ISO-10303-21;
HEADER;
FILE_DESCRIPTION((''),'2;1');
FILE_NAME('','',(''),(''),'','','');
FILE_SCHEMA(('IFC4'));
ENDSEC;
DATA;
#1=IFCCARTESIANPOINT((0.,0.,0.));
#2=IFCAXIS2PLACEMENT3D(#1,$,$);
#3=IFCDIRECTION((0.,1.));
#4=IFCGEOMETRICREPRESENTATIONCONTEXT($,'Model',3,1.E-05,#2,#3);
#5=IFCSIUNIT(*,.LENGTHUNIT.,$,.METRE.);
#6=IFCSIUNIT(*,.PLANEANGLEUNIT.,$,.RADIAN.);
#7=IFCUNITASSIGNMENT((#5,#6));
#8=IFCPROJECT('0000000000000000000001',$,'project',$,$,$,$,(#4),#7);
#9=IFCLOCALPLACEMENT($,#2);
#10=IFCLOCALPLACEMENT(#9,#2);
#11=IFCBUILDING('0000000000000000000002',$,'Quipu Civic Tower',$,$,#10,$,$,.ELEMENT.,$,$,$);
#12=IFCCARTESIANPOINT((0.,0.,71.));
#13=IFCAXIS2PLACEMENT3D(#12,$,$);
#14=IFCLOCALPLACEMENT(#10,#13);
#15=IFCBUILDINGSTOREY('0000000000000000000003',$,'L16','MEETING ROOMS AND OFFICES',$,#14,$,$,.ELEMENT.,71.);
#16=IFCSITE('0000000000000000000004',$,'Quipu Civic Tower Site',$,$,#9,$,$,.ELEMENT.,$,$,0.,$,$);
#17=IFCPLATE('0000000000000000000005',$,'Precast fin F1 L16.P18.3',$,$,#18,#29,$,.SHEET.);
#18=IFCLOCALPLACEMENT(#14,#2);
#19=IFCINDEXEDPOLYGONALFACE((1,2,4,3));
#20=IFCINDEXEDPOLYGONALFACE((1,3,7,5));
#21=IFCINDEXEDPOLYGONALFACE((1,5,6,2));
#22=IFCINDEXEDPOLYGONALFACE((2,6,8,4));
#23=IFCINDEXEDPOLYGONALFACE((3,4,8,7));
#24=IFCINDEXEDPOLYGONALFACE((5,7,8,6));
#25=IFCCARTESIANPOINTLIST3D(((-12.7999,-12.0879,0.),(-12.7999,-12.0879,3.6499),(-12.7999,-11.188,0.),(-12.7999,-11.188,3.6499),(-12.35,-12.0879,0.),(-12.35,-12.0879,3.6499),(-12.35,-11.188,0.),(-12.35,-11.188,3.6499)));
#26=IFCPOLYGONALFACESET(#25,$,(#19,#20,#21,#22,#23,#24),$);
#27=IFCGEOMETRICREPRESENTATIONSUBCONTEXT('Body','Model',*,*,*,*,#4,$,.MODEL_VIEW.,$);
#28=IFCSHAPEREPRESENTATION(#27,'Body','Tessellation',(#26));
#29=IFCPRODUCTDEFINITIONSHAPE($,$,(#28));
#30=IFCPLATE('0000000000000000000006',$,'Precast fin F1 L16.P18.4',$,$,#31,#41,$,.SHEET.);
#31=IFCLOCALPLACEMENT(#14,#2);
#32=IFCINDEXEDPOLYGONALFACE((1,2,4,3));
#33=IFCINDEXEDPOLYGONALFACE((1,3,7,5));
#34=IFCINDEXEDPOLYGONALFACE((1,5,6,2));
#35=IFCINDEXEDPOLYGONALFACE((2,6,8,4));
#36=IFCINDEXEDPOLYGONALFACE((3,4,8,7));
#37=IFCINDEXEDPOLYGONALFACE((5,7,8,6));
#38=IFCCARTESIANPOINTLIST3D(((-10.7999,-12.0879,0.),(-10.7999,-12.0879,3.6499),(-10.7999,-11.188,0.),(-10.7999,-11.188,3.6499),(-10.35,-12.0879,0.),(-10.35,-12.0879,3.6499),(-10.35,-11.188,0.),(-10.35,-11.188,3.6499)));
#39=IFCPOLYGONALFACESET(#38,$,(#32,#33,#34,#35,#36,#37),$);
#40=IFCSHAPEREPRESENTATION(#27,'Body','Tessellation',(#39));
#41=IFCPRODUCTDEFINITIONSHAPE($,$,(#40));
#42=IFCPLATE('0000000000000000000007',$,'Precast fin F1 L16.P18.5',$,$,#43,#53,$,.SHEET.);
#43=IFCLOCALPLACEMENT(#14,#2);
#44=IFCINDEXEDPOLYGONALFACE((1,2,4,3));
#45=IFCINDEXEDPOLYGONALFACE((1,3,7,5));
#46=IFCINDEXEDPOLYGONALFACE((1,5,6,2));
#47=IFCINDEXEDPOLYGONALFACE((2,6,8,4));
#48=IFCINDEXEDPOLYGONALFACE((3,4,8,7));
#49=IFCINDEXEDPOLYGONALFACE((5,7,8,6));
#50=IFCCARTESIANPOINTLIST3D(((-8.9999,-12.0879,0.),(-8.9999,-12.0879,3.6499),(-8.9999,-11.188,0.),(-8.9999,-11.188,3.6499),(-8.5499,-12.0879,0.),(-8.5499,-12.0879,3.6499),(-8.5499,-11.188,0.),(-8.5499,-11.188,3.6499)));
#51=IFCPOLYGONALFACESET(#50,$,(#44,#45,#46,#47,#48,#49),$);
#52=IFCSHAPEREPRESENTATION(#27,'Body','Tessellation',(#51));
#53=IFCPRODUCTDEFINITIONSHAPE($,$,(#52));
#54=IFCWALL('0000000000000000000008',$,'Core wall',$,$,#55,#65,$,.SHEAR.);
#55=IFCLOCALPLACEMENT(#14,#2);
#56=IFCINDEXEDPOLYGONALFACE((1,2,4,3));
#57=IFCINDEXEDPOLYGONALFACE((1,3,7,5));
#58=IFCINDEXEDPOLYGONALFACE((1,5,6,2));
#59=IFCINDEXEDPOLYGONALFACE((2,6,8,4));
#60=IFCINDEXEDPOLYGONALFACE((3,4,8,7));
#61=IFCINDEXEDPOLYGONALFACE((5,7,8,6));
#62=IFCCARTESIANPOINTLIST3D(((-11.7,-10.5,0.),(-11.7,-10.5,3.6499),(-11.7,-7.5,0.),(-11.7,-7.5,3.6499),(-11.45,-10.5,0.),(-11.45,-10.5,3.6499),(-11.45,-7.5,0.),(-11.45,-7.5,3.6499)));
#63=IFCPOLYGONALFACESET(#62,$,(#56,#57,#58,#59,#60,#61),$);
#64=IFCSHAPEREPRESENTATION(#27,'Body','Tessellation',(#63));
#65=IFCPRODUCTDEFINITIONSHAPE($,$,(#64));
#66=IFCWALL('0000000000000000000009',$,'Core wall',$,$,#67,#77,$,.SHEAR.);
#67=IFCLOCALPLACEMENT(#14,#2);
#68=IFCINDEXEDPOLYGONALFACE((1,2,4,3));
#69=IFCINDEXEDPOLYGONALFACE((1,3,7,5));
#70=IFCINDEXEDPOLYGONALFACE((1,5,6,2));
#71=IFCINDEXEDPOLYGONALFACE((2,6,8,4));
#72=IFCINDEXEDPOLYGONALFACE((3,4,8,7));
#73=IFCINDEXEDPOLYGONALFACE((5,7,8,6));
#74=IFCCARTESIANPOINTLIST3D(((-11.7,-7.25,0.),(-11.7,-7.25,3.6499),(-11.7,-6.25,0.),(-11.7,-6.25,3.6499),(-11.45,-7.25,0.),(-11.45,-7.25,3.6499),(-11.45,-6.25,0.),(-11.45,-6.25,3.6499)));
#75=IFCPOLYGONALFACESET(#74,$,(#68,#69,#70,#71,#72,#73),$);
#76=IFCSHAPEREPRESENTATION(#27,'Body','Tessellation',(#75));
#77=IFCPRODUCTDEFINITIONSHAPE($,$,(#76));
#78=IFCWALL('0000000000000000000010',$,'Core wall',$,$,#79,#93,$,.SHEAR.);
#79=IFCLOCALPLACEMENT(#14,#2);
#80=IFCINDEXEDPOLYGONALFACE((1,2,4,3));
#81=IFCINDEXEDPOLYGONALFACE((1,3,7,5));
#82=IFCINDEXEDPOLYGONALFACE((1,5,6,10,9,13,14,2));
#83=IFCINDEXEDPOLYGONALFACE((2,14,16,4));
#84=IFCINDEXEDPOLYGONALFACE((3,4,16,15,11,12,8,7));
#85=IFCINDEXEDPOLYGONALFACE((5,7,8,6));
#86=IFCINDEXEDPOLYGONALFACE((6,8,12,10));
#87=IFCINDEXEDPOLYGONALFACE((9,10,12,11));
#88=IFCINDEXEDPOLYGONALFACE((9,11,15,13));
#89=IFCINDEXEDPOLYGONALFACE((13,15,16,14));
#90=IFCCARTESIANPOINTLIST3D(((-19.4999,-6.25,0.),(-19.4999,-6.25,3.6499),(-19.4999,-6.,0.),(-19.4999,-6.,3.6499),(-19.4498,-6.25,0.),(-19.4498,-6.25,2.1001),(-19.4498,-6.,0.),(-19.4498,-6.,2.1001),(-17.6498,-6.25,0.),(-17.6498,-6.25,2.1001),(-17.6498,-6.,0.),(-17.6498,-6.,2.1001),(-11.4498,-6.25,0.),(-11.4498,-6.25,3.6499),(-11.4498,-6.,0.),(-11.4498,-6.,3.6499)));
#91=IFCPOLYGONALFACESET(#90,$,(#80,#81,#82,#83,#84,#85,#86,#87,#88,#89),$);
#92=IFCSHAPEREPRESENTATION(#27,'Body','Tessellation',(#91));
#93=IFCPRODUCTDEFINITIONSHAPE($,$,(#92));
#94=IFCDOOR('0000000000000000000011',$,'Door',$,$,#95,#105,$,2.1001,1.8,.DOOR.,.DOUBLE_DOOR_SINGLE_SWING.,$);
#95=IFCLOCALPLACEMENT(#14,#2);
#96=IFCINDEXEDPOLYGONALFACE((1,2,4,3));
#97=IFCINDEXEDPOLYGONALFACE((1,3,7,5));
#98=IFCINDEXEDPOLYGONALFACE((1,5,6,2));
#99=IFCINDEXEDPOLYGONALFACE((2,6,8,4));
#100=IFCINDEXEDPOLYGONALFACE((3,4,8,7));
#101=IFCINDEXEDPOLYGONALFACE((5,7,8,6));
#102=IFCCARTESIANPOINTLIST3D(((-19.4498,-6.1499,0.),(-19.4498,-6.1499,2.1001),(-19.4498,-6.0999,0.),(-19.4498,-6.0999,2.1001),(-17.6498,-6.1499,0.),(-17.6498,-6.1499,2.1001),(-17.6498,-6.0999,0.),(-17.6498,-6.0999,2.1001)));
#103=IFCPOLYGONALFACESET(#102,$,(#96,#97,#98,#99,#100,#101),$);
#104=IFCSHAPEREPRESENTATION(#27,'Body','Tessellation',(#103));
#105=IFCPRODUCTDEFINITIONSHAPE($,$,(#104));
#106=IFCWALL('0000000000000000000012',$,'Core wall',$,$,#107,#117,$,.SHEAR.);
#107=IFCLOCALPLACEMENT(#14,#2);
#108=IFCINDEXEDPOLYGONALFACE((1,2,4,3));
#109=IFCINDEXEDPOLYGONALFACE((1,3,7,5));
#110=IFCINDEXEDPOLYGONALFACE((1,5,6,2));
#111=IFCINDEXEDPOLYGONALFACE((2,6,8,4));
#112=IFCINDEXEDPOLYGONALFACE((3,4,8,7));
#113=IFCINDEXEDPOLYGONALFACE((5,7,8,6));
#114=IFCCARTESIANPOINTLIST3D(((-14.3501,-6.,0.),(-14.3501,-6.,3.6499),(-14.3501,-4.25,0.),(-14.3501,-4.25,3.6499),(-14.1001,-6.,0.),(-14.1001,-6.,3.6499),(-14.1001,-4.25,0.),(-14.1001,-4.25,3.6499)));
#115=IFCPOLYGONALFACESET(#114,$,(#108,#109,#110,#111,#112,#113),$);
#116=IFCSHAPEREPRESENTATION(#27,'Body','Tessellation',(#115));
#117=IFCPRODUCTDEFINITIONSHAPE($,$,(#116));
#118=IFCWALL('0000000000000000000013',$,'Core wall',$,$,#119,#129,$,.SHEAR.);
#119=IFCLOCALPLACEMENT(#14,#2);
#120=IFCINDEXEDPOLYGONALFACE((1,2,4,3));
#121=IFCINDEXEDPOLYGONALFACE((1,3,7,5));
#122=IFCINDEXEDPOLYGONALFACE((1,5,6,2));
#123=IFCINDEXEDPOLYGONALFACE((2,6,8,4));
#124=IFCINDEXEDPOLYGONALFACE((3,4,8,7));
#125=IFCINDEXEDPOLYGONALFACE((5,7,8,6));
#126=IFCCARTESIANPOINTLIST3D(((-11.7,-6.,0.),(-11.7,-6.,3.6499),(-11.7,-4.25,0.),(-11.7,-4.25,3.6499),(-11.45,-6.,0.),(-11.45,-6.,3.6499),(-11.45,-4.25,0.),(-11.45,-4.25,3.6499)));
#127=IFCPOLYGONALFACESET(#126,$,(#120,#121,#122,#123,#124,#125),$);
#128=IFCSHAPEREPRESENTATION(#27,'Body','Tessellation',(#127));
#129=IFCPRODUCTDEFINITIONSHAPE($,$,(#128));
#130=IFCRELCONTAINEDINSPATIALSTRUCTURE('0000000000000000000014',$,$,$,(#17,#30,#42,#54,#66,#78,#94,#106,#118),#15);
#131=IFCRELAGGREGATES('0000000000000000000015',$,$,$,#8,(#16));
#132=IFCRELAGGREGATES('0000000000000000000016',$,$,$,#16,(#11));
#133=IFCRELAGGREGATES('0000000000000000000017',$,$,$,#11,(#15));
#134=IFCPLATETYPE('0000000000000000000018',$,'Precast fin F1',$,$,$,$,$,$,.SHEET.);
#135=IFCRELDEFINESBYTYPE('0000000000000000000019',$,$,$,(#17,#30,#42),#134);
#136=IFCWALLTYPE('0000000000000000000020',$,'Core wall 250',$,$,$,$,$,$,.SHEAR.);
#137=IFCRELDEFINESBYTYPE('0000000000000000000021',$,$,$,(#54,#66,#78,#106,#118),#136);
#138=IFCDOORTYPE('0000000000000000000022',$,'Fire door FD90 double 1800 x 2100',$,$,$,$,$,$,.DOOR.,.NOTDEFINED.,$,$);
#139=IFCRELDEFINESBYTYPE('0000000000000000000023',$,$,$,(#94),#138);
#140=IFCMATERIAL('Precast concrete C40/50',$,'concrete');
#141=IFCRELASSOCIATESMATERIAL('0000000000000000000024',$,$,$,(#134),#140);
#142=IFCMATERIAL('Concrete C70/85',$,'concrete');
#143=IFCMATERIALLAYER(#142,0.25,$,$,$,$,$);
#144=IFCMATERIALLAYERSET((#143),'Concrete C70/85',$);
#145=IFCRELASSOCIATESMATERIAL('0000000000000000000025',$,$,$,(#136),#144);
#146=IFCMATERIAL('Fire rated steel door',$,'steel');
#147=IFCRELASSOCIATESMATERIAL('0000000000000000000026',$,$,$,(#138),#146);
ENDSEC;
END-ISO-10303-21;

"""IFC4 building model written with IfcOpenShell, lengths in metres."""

from ifc_helpers import new_model, si_unit, direction, frame, frame_2d, origin, origin_2d, place, context, subcontext, project, spatial, rectangle, extrude, material, layer, layer_set, type_object, element, fill, save


model = new_model("IFC4")

# Units and contexts
model_context = context("Model", 3, precision=1e-05, world=origin(), true_north=direction((0.0, 1.0)))
body_context = subcontext(model_context, "Body", "Model", "MODEL_VIEW")
ifc_project = project(units=[si_unit("LENGTHUNIT", "METRE"), si_unit("PLANEANGLEUNIT", "RADIAN")], contexts=[model_context])

# Site, building, storey
site_placement = place(None, origin())
site = spatial("IfcSite", under=ifc_project, at=site_placement, Name="Quipu Civic Tower Site", CompositionType="ELEMENT", RefElevation=0.0)
building_placement = place(site_placement, origin())
building = spatial("IfcBuilding", under=site, at=building_placement, Name="Quipu Civic Tower", CompositionType="ELEMENT")
storey_placement = place(building_placement, frame((0.0, 0.0, 71.0)))
storey = spatial("IfcBuildingStorey", under=building, at=storey_placement, Name="L16", Description="MEETING ROOMS AND OFFICES", CompositionType="ELEMENT", Elevation=71.0)

# Plates
ifc_material_1 = material(Name="Precast concrete C40/50", Category="concrete")
plate_type = type_object("IfcPlateType", Name="Precast fin F1", PredefinedType="SHEET", material=ifc_material_1)
for number, where, z_axis, x_axis, name in (
    (1, (-12.575, -11.6379, 0.0), (0.0, 0.0, 1.0), (1.0, 0.0, 0.0), "Precast fin F1 L16.P18.3"),
    (2, (-10.575, -11.6379, 0.0), (0.0, 0.0, 1.0), (1.0, 0.0, 0.0), "Precast fin F1 L16.P18.4"),
    (3, (-8.7749, -11.6379, 0.0), (0.0, 0.0, 1.0), (1.0, 0.0, 0.0), "Precast fin F1 L16.P18.5"),
):
    element("IfcPlate", number, at=place(storey_placement, frame(where, z_axis=z_axis, x_axis=x_axis)), inside=storey, type_object=plate_type, Name=name, PredefinedType="SHEET", context=body_context, shape_type="SweptSolid", body=[
        extrude(rectangle(XDim=0.45, YDim=0.8999, at=origin_2d()), origin(), (0.0, 0.0, 1.0), 3.6499),
    ])

# Walls
ifc_material_2 = material(Name="Concrete C70/85", Category="concrete")
ifc_layer_1 = layer(ifc_material_2, 0.25)
ifc_layer_set_1 = layer_set([ifc_layer_1], Name="Concrete C70/85")
wall_type_1 = type_object("IfcWallType", Name="Core wall 250", PredefinedType="SHEAR", material=ifc_layer_set_1)
wall_1_placement = place(storey_placement, frame((-11.575, -10.5, 0.0), z_axis=(0.0, 0.0, 1.0), x_axis=(0.0, 1.0, 0.0)))
element("IfcWall", 4, at=wall_1_placement, inside=storey, type_object=wall_type_1, Name="Core wall", PredefinedType="SHEAR", context=body_context, shape_type="SweptSolid", body=[
    extrude(rectangle(XDim=3.0, YDim=0.25, at=frame_2d((1.5, 0.0))), origin(), (0.0, 0.0, 1.0), 3.6499),
])
wall_2_placement = place(storey_placement, frame((-11.575, -7.25, 0.0), z_axis=(0.0, 0.0, 1.0), x_axis=(0.0, 1.0, 0.0)))
element("IfcWall", 5, at=wall_2_placement, inside=storey, type_object=wall_type_1, Name="Core wall", PredefinedType="SHEAR", context=body_context, shape_type="SweptSolid", body=[
    extrude(rectangle(XDim=1.0, YDim=0.25, at=frame_2d((0.5, 0.0))), origin(), (0.0, 0.0, 1.0), 3.6499),
])

# Wall, opening, door
wall_3_placement = place(storey_placement, frame((-11.45, -6.125, 0.0), z_axis=(0.0, 0.0, 1.0), x_axis=(-1.0, 0.0, 0.0)))
wall_3 = element("IfcWall", 6, at=wall_3_placement, inside=storey, type_object=wall_type_1, Name="Core wall", PredefinedType="SHEAR", context=body_context, shape_type="SweptSolid", body=[
    extrude(rectangle(XDim=8.05, YDim=0.25, at=frame_2d((4.0249, 0.0))), origin(), (0.0, 0.0, 1.0), 3.6499),
])
opening_1_placement = place(wall_3_placement, frame((6.2, 0.0, 0.0)))
opening_1 = element("IfcOpeningElement", 7, at=opening_1_placement, cuts=wall_3, PredefinedType="OPENING", context=body_context, shape_type="SweptSolid", body=[
    extrude(rectangle(XDim=1.8, YDim=2.1001, at=frame_2d((0.8999, 1.05))), frame((0.0, 0.135, 0.0), z_axis=(0.0, -1.0, 0.0), x_axis=(1.0, 0.0, 0.0)), (0.0, 0.0, 1.0), 0.27),
])
ifc_material_3 = material(Name="Fire rated steel door", Category="steel")
door_type_1 = type_object("IfcDoorType", Name="Fire door FD90 double 1800 x 2100", OperationType="NOTDEFINED", PredefinedType="DOOR", material=ifc_material_3)
door_1_placement = place(opening_1_placement, origin())
door_1 = element("IfcDoor", 8, at=door_1_placement, inside=storey, type_object=door_type_1, Name="Door", OperationType="DOUBLE_DOOR_SINGLE_SWING", OverallHeight=2.1001, OverallWidth=1.8, PredefinedType="DOOR", context=body_context, shape_type="SweptSolid", body=[
    extrude(rectangle(XDim=1.8, YDim=2.1001, at=frame_2d((0.8999, 1.05))), frame((0.0, 0.0249, 0.0), z_axis=(0.0, -1.0, 0.0), x_axis=(1.0, 0.0, 0.0)), (0.0, 0.0, 1.0), 0.05),
])
fill(opening_1, door_1)

# Walls
for number, where, z_axis, x_axis, name in (
    (9, (-14.2251, -6.0, 0.0), (0.0, 0.0, 1.0), (0.0, 1.0, 0.0), "Core wall"),
    (10, (-11.575, -6.0, 0.0), (0.0, 0.0, 1.0), (0.0, 1.0, 0.0), "Core wall"),
):
    element("IfcWall", number, at=place(storey_placement, frame(where, z_axis=z_axis, x_axis=x_axis)), inside=storey, type_object=wall_type_1, Name=name, PredefinedType="SHEAR", context=body_context, shape_type="SweptSolid", body=[
        extrude(rectangle(XDim=1.75, YDim=0.25, at=frame_2d((0.875, 0.0))), origin(), (0.0, 0.0, 1.0), 3.6499),
    ])

save(model, "model.ifc")
